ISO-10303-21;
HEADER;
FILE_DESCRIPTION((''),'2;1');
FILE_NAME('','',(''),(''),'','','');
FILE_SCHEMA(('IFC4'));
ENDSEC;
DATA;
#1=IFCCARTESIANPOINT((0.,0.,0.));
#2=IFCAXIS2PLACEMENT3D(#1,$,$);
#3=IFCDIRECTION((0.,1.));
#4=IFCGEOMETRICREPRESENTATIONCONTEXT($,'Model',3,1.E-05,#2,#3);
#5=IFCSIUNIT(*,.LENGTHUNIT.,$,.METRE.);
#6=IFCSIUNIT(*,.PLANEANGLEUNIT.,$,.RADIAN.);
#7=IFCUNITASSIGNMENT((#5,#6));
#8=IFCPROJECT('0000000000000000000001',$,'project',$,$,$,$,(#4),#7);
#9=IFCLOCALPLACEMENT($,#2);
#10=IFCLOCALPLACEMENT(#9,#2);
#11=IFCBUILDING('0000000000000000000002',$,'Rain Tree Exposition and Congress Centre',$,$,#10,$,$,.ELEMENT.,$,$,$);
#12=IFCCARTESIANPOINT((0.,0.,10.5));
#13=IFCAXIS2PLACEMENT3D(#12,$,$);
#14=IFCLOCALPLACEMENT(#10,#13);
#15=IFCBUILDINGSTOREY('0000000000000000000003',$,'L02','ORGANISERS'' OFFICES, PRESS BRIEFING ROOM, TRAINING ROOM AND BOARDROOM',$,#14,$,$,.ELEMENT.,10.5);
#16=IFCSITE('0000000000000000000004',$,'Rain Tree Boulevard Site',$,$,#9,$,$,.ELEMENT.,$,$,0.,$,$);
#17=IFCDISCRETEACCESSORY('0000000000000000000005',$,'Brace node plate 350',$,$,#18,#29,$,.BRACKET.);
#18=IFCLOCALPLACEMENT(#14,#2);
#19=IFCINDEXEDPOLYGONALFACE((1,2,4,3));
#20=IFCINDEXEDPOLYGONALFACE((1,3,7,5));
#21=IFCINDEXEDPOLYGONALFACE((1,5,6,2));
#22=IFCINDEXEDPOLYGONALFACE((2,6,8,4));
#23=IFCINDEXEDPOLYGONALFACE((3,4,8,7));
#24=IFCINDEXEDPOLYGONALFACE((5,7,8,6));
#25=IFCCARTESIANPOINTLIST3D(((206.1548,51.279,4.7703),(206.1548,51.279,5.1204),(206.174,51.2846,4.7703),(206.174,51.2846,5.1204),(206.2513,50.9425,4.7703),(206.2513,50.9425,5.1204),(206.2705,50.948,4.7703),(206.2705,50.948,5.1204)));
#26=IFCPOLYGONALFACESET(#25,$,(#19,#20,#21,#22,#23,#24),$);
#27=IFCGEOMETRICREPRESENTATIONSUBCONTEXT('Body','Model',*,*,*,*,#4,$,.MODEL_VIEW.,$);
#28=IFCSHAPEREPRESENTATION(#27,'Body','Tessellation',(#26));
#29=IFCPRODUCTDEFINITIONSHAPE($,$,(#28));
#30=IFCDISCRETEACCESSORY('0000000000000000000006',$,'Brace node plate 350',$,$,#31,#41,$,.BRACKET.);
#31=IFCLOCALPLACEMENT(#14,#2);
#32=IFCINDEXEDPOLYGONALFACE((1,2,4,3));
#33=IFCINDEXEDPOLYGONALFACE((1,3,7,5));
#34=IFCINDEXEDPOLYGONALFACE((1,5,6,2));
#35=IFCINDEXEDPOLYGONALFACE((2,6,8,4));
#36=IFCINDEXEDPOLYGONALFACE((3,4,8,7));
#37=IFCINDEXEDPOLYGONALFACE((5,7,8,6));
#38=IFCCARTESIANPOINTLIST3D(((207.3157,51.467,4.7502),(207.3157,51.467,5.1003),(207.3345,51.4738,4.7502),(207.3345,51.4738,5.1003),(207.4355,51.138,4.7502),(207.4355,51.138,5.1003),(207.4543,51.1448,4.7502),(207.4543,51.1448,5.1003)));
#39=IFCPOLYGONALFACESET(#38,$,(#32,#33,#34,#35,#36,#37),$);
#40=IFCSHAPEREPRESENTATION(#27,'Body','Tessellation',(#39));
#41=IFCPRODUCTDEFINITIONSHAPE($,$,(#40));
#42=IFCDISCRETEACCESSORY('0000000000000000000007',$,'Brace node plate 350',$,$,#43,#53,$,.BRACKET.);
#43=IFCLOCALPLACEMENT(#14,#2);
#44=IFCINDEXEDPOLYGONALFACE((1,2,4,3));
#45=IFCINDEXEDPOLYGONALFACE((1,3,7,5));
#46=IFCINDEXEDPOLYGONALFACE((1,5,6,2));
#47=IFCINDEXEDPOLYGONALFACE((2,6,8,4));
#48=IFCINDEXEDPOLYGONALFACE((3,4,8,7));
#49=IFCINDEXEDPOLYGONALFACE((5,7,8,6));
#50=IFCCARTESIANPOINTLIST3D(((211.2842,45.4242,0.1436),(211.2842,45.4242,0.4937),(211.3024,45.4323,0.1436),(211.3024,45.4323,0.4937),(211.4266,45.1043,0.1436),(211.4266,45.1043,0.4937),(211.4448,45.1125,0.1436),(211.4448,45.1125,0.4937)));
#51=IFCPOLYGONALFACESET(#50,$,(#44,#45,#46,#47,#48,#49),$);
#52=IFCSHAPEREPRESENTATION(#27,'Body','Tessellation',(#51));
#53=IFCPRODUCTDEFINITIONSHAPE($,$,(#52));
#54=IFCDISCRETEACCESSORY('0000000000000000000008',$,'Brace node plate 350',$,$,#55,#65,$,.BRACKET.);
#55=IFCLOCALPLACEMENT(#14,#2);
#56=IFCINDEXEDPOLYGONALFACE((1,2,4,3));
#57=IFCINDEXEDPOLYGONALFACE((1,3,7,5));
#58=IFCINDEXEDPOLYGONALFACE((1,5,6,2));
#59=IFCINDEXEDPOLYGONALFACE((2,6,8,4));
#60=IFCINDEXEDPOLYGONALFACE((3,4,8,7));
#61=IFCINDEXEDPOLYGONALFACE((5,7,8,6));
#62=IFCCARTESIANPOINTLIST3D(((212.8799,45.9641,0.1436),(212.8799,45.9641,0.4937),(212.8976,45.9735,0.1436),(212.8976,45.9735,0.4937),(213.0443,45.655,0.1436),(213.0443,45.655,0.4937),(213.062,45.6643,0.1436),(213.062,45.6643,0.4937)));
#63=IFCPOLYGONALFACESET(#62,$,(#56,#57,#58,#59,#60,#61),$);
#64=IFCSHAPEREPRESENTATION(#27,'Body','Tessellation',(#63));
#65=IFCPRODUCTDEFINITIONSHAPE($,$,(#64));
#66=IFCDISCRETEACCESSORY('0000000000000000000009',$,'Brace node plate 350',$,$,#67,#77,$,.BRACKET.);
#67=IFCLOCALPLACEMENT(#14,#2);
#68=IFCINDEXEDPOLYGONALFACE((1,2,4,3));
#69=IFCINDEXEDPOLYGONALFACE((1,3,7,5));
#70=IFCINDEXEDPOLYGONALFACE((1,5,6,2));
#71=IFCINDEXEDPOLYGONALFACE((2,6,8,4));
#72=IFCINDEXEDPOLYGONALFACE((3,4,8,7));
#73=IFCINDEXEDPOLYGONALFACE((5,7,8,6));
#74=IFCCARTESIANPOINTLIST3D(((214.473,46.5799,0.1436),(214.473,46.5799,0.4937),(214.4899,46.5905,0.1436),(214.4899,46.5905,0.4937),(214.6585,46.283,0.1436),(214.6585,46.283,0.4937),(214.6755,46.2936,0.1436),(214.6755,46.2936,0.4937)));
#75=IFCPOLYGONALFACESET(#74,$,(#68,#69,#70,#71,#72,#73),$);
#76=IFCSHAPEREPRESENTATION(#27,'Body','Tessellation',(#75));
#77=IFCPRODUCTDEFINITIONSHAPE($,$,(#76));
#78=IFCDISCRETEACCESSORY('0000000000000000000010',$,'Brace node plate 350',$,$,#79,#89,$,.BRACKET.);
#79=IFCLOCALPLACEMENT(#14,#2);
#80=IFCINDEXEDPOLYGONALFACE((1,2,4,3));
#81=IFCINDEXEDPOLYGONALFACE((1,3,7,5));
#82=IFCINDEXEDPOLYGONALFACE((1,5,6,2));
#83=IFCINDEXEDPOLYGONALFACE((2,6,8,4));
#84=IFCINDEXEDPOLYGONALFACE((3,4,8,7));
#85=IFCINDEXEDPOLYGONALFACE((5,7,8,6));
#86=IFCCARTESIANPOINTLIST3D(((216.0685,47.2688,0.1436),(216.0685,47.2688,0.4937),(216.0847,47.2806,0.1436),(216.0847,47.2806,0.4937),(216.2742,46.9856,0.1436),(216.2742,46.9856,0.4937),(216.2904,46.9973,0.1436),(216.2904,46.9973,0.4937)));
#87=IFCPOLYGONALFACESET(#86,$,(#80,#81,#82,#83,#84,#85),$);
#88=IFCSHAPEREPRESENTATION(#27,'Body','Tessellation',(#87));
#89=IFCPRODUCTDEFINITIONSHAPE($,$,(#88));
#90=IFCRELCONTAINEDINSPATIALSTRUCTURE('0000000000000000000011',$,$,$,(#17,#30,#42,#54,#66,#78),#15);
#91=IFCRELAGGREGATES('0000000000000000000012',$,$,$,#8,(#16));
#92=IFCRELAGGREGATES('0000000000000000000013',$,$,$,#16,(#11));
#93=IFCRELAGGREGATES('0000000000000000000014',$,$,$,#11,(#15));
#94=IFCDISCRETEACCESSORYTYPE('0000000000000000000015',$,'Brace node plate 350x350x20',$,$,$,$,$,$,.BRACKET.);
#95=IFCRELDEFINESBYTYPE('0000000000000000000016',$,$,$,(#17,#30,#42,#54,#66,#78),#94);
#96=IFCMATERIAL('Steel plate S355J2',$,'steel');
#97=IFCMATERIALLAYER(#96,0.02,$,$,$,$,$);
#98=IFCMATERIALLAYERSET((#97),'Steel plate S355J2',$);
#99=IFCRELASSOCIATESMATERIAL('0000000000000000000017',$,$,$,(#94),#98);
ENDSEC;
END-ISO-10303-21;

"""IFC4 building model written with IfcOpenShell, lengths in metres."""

from ifc_helpers import new_model, si_unit, direction, frame, origin, origin_2d, place, context, subcontext, project, spatial, rectangle, extrude, material, layer, layer_set, type_object, element, save


model = new_model("IFC4")

# Units and contexts
model_context = context("Model", 3, precision=1e-05, world=origin(), true_north=direction((0.0, 1.0)))
body_context = subcontext(model_context, "Body", "Model", "MODEL_VIEW")
ifc_project = project(units=[si_unit("LENGTHUNIT", "METRE"), si_unit("PLANEANGLEUNIT", "RADIAN")], contexts=[model_context])

# Site, building, storey
site_placement = place(None, origin())
site = spatial("IfcSite", under=ifc_project, at=site_placement, Name="Rain Tree Boulevard Site", CompositionType="ELEMENT", RefElevation=0.0)
building_placement = place(site_placement, origin())
building = spatial("IfcBuilding", under=site, at=building_placement, Name="Rain Tree Exposition and Congress Centre", CompositionType="ELEMENT")
storey_placement = place(building_placement, frame((0.0, 0.0, 10.5)))
storey = spatial("IfcBuildingStorey", under=building, at=storey_placement, Name="L02", Description="ORGANISERS' OFFICES, PRESS BRIEFING ROOM, TRAINING ROOM AND BOARDROOM", CompositionType="ELEMENT", Elevation=10.5)

# Discrete accessories
ifc_material_1 = material(Name="Steel plate S355J2", Category="steel")
ifc_layer = layer(ifc_material_1, 0.02)
ifc_layer_set = layer_set([ifc_layer], Name="Steel plate S355J2")
discrete_accessory_type = type_object("IfcDiscreteAccessoryType", Name="Brace node plate 350x350x20", PredefinedType="BRACKET", material=ifc_layer_set)
for number, where, z_axis, x_axis, name in (
    (1, (206.2126, 51.1135, 4.7703), (0.0, 0.0, 1.0), (-0.275637, 0.961262, 0.0), "Brace node plate 350"),
    (2, (207.385, 51.3059, 4.7502), (0.0, 0.0, 1.0), (-0.34202, 0.939693, 0.0), "Brace node plate 350"),
    (3, (211.3645, 45.2683, 0.1436), (0.0, 0.0, 1.0), (0.406737, -0.913545, 0.0), "Brace node plate 350"),
    (4, (212.9709, 45.8142, 0.1436), (0.0, 0.0, 1.0), (0.469472, -0.882948, 0.0), "Brace node plate 350"),
    (5, (214.5742, 46.4368, 0.1436), (0.0, 0.0, 1.0), (0.529919, -0.848048, 0.0), "Brace node plate 350"),
    (6, (216.1794, 47.1331, 0.1436), (0.0, 0.0, 1.0), (0.587785, -0.809017, 0.0), "Brace node plate 350"),
):
    element("IfcDiscreteAccessory", number, at=place(storey_placement, frame(where, z_axis=z_axis, x_axis=x_axis)), inside=storey, type_object=discrete_accessory_type, Name=name, PredefinedType="BRACKET", context=body_context, shape_type="SweptSolid", body=[
        extrude(rectangle(XDim=0.3501, YDim=0.02, at=origin_2d()), origin(), (0.0, 0.0, 1.0), 0.3501),
    ])

save(model, "model.ifc")
